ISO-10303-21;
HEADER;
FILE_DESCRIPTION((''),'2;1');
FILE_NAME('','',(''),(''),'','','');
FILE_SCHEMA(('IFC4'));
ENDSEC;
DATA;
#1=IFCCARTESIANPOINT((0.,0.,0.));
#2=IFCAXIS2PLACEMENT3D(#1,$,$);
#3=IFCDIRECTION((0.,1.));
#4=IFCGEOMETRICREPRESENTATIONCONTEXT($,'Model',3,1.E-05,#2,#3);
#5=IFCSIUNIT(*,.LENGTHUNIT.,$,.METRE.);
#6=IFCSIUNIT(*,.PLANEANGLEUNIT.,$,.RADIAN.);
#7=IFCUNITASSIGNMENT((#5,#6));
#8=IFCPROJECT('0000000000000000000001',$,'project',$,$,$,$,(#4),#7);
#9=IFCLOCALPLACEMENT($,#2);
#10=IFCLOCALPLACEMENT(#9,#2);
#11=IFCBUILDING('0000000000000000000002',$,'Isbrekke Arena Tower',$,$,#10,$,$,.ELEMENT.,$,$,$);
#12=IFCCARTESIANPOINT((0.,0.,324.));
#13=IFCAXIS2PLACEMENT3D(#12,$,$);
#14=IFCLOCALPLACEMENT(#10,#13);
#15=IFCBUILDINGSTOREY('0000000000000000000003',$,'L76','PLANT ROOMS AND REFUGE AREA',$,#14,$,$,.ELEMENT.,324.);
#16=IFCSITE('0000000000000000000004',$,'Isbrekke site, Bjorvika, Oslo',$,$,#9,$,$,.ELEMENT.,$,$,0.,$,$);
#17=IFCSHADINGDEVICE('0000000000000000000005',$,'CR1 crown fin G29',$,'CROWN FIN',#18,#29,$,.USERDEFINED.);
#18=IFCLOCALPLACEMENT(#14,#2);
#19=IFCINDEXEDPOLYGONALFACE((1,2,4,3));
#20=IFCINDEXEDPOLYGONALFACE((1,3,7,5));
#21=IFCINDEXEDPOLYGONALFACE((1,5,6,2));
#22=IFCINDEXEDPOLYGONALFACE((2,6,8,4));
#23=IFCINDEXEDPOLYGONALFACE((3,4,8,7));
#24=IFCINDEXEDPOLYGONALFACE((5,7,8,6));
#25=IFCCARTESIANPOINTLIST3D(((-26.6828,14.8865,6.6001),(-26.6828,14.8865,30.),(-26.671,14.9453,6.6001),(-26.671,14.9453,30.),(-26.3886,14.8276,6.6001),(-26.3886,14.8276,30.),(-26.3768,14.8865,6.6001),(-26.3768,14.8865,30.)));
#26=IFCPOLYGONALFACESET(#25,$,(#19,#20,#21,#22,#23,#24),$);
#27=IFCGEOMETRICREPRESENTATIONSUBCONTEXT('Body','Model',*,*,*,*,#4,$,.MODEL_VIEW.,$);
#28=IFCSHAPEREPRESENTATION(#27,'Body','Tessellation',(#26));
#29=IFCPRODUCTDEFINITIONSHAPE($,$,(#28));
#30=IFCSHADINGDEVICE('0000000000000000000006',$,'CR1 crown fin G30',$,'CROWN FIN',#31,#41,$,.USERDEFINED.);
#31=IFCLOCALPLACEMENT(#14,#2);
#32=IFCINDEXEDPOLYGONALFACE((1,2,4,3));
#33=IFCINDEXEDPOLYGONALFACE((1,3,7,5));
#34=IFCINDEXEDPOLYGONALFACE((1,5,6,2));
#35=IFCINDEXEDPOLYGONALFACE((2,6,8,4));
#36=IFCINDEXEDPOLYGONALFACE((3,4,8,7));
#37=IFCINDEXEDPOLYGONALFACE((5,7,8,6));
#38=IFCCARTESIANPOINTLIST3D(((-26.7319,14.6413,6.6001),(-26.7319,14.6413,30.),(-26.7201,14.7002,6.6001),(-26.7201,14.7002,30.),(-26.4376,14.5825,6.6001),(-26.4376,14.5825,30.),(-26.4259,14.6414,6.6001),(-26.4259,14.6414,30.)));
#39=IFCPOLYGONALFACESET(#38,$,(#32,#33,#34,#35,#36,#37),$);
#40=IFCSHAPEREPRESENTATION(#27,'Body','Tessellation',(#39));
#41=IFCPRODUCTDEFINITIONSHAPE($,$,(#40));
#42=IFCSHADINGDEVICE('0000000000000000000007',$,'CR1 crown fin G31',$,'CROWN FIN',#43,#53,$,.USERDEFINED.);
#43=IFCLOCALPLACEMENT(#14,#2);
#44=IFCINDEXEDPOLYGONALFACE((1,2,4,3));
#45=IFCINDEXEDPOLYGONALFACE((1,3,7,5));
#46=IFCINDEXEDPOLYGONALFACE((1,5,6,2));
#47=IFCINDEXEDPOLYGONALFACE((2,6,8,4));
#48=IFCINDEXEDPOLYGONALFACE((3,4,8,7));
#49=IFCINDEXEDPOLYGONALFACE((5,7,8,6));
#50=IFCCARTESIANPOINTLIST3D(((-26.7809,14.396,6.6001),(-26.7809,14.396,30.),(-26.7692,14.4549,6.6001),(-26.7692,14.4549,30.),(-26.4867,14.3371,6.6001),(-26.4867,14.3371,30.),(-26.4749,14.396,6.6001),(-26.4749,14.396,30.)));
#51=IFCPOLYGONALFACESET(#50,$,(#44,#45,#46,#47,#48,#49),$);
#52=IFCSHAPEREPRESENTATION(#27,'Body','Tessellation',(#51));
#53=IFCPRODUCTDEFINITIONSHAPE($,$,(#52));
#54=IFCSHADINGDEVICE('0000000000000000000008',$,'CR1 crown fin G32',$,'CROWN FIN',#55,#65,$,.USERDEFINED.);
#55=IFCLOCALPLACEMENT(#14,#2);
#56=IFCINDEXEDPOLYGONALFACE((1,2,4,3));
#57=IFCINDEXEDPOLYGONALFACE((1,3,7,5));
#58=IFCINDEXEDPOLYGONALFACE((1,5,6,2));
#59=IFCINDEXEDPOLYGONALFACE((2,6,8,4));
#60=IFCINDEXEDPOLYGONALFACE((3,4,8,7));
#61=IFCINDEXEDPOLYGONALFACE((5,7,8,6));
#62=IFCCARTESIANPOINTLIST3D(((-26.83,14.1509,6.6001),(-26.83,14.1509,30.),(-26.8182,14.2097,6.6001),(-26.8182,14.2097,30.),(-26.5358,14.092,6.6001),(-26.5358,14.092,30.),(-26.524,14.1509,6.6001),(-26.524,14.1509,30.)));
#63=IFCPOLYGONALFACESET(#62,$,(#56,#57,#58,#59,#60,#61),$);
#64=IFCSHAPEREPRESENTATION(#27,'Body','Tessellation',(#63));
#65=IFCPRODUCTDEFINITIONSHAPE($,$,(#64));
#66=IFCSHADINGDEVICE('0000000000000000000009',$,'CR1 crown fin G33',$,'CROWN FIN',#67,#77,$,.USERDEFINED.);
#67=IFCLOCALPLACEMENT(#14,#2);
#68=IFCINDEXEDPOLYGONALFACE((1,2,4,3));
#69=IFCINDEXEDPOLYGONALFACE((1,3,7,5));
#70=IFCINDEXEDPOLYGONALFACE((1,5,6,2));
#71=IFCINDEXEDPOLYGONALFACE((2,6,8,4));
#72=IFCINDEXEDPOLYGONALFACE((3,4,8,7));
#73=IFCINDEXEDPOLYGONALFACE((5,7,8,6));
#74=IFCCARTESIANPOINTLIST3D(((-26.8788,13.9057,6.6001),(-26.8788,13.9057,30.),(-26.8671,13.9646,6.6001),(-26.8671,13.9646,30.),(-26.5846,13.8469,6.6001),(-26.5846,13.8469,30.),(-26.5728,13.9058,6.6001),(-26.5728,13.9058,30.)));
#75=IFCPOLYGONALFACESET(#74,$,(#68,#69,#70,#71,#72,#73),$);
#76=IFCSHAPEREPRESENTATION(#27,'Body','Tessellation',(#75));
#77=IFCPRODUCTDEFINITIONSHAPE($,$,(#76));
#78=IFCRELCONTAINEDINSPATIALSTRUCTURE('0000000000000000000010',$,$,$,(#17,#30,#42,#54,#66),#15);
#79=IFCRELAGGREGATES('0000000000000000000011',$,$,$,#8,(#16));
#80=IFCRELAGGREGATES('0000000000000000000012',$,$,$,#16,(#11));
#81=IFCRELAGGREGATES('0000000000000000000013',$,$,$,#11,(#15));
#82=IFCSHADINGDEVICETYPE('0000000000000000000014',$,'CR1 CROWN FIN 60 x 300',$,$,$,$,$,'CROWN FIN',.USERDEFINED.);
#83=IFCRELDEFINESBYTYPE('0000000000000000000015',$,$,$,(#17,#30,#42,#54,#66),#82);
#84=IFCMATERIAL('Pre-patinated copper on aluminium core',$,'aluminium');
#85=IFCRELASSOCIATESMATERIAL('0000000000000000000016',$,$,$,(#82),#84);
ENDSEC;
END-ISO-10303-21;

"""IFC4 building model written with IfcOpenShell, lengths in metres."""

from ifc_helpers import new_model, si_unit, direction, frame, origin, origin_2d, place, context, subcontext, project, spatial, rectangle, extrude, material, material_profile, profile_set, type_object, element, save


model = new_model("IFC4")

# Units and contexts
model_context = context("Model", 3, precision=1e-05, world=origin(), true_north=direction((0.0, 1.0)))
body_context = subcontext(model_context, "Body", "Model", "MODEL_VIEW")
ifc_project = project(units=[si_unit("LENGTHUNIT", "METRE"), si_unit("PLANEANGLEUNIT", "RADIAN")], contexts=[model_context])

# Site, building, storey
site_placement = place(None, origin())
site = spatial("IfcSite", under=ifc_project, at=site_placement, Name="Isbrekke site, Bjorvika, Oslo", CompositionType="ELEMENT", RefElevation=0.0)
building_placement = place(site_placement, origin())
building = spatial("IfcBuilding", under=site, at=building_placement, Name="Isbrekke Arena Tower", CompositionType="ELEMENT")
storey_placement = place(building_placement, frame((0.0, 0.0, 324.0)))
storey = spatial("IfcBuildingStorey", under=building, at=storey_placement, Name="L76", Description="PLANT ROOMS AND REFUGE AREA", CompositionType="ELEMENT", Elevation=324.0)

# Shading devices
ifc_material_1 = material(Name="Pre-patinated copper on aluminium core", Category="aluminium")
ifc_material_profile_1 = material_profile(ifc_material_1, rectangle(XDim=0.0601, YDim=0.3, at=origin_2d()), Name="FIN 60X300")
ifc_profile_set_1 = profile_set([ifc_material_profile_1], Name="Pre-patinated copper on aluminium core")
shading_device_type = type_object("IfcShadingDeviceType", Name="CR1 CROWN FIN 60 x 300", ElementType="CROWN FIN", PredefinedType="USERDEFINED", material=ifc_profile_set_1)
for number, where, z_axis, x_axis, name in (
    (1, (-26.5298, 14.8865, 6.6001), (0.0, 0.0, 1.0), (-0.196116, -0.980581, 0.0), "CR1 crown fin G29"),
    (2, (-26.5789, 14.6414, 6.6001), (0.0, 0.0, 1.0), (-0.196116, -0.980581, 0.0), "CR1 crown fin G30"),
    (3, (-26.6279, 14.396, 6.6001), (0.0, 0.0, 1.0), (-0.196116, -0.980581, 0.0), "CR1 crown fin G31"),
    (4, (-26.677, 14.1509, 6.6001), (0.0, 0.0, 1.0), (-0.196116, -0.980581, 0.0), "CR1 crown fin G32"),
    (5, (-26.7258, 13.9058, 6.6001), (0.0, 0.0, 1.0), (-0.196116, -0.980581, 0.0), "CR1 crown fin G33"),
):
    element("IfcShadingDevice", number, at=place(storey_placement, frame(where, z_axis=z_axis, x_axis=x_axis)), inside=storey, type_object=shading_device_type, Name=name, ObjectType="CROWN FIN", PredefinedType="USERDEFINED", context=body_context, shape_type="SweptSolid", body=[
        extrude(rectangle(XDim=0.0601, YDim=0.3, at=origin_2d()), origin(), (0.0, 0.0, 1.0), 23.3999),
    ])

save(model, "model.ifc")
